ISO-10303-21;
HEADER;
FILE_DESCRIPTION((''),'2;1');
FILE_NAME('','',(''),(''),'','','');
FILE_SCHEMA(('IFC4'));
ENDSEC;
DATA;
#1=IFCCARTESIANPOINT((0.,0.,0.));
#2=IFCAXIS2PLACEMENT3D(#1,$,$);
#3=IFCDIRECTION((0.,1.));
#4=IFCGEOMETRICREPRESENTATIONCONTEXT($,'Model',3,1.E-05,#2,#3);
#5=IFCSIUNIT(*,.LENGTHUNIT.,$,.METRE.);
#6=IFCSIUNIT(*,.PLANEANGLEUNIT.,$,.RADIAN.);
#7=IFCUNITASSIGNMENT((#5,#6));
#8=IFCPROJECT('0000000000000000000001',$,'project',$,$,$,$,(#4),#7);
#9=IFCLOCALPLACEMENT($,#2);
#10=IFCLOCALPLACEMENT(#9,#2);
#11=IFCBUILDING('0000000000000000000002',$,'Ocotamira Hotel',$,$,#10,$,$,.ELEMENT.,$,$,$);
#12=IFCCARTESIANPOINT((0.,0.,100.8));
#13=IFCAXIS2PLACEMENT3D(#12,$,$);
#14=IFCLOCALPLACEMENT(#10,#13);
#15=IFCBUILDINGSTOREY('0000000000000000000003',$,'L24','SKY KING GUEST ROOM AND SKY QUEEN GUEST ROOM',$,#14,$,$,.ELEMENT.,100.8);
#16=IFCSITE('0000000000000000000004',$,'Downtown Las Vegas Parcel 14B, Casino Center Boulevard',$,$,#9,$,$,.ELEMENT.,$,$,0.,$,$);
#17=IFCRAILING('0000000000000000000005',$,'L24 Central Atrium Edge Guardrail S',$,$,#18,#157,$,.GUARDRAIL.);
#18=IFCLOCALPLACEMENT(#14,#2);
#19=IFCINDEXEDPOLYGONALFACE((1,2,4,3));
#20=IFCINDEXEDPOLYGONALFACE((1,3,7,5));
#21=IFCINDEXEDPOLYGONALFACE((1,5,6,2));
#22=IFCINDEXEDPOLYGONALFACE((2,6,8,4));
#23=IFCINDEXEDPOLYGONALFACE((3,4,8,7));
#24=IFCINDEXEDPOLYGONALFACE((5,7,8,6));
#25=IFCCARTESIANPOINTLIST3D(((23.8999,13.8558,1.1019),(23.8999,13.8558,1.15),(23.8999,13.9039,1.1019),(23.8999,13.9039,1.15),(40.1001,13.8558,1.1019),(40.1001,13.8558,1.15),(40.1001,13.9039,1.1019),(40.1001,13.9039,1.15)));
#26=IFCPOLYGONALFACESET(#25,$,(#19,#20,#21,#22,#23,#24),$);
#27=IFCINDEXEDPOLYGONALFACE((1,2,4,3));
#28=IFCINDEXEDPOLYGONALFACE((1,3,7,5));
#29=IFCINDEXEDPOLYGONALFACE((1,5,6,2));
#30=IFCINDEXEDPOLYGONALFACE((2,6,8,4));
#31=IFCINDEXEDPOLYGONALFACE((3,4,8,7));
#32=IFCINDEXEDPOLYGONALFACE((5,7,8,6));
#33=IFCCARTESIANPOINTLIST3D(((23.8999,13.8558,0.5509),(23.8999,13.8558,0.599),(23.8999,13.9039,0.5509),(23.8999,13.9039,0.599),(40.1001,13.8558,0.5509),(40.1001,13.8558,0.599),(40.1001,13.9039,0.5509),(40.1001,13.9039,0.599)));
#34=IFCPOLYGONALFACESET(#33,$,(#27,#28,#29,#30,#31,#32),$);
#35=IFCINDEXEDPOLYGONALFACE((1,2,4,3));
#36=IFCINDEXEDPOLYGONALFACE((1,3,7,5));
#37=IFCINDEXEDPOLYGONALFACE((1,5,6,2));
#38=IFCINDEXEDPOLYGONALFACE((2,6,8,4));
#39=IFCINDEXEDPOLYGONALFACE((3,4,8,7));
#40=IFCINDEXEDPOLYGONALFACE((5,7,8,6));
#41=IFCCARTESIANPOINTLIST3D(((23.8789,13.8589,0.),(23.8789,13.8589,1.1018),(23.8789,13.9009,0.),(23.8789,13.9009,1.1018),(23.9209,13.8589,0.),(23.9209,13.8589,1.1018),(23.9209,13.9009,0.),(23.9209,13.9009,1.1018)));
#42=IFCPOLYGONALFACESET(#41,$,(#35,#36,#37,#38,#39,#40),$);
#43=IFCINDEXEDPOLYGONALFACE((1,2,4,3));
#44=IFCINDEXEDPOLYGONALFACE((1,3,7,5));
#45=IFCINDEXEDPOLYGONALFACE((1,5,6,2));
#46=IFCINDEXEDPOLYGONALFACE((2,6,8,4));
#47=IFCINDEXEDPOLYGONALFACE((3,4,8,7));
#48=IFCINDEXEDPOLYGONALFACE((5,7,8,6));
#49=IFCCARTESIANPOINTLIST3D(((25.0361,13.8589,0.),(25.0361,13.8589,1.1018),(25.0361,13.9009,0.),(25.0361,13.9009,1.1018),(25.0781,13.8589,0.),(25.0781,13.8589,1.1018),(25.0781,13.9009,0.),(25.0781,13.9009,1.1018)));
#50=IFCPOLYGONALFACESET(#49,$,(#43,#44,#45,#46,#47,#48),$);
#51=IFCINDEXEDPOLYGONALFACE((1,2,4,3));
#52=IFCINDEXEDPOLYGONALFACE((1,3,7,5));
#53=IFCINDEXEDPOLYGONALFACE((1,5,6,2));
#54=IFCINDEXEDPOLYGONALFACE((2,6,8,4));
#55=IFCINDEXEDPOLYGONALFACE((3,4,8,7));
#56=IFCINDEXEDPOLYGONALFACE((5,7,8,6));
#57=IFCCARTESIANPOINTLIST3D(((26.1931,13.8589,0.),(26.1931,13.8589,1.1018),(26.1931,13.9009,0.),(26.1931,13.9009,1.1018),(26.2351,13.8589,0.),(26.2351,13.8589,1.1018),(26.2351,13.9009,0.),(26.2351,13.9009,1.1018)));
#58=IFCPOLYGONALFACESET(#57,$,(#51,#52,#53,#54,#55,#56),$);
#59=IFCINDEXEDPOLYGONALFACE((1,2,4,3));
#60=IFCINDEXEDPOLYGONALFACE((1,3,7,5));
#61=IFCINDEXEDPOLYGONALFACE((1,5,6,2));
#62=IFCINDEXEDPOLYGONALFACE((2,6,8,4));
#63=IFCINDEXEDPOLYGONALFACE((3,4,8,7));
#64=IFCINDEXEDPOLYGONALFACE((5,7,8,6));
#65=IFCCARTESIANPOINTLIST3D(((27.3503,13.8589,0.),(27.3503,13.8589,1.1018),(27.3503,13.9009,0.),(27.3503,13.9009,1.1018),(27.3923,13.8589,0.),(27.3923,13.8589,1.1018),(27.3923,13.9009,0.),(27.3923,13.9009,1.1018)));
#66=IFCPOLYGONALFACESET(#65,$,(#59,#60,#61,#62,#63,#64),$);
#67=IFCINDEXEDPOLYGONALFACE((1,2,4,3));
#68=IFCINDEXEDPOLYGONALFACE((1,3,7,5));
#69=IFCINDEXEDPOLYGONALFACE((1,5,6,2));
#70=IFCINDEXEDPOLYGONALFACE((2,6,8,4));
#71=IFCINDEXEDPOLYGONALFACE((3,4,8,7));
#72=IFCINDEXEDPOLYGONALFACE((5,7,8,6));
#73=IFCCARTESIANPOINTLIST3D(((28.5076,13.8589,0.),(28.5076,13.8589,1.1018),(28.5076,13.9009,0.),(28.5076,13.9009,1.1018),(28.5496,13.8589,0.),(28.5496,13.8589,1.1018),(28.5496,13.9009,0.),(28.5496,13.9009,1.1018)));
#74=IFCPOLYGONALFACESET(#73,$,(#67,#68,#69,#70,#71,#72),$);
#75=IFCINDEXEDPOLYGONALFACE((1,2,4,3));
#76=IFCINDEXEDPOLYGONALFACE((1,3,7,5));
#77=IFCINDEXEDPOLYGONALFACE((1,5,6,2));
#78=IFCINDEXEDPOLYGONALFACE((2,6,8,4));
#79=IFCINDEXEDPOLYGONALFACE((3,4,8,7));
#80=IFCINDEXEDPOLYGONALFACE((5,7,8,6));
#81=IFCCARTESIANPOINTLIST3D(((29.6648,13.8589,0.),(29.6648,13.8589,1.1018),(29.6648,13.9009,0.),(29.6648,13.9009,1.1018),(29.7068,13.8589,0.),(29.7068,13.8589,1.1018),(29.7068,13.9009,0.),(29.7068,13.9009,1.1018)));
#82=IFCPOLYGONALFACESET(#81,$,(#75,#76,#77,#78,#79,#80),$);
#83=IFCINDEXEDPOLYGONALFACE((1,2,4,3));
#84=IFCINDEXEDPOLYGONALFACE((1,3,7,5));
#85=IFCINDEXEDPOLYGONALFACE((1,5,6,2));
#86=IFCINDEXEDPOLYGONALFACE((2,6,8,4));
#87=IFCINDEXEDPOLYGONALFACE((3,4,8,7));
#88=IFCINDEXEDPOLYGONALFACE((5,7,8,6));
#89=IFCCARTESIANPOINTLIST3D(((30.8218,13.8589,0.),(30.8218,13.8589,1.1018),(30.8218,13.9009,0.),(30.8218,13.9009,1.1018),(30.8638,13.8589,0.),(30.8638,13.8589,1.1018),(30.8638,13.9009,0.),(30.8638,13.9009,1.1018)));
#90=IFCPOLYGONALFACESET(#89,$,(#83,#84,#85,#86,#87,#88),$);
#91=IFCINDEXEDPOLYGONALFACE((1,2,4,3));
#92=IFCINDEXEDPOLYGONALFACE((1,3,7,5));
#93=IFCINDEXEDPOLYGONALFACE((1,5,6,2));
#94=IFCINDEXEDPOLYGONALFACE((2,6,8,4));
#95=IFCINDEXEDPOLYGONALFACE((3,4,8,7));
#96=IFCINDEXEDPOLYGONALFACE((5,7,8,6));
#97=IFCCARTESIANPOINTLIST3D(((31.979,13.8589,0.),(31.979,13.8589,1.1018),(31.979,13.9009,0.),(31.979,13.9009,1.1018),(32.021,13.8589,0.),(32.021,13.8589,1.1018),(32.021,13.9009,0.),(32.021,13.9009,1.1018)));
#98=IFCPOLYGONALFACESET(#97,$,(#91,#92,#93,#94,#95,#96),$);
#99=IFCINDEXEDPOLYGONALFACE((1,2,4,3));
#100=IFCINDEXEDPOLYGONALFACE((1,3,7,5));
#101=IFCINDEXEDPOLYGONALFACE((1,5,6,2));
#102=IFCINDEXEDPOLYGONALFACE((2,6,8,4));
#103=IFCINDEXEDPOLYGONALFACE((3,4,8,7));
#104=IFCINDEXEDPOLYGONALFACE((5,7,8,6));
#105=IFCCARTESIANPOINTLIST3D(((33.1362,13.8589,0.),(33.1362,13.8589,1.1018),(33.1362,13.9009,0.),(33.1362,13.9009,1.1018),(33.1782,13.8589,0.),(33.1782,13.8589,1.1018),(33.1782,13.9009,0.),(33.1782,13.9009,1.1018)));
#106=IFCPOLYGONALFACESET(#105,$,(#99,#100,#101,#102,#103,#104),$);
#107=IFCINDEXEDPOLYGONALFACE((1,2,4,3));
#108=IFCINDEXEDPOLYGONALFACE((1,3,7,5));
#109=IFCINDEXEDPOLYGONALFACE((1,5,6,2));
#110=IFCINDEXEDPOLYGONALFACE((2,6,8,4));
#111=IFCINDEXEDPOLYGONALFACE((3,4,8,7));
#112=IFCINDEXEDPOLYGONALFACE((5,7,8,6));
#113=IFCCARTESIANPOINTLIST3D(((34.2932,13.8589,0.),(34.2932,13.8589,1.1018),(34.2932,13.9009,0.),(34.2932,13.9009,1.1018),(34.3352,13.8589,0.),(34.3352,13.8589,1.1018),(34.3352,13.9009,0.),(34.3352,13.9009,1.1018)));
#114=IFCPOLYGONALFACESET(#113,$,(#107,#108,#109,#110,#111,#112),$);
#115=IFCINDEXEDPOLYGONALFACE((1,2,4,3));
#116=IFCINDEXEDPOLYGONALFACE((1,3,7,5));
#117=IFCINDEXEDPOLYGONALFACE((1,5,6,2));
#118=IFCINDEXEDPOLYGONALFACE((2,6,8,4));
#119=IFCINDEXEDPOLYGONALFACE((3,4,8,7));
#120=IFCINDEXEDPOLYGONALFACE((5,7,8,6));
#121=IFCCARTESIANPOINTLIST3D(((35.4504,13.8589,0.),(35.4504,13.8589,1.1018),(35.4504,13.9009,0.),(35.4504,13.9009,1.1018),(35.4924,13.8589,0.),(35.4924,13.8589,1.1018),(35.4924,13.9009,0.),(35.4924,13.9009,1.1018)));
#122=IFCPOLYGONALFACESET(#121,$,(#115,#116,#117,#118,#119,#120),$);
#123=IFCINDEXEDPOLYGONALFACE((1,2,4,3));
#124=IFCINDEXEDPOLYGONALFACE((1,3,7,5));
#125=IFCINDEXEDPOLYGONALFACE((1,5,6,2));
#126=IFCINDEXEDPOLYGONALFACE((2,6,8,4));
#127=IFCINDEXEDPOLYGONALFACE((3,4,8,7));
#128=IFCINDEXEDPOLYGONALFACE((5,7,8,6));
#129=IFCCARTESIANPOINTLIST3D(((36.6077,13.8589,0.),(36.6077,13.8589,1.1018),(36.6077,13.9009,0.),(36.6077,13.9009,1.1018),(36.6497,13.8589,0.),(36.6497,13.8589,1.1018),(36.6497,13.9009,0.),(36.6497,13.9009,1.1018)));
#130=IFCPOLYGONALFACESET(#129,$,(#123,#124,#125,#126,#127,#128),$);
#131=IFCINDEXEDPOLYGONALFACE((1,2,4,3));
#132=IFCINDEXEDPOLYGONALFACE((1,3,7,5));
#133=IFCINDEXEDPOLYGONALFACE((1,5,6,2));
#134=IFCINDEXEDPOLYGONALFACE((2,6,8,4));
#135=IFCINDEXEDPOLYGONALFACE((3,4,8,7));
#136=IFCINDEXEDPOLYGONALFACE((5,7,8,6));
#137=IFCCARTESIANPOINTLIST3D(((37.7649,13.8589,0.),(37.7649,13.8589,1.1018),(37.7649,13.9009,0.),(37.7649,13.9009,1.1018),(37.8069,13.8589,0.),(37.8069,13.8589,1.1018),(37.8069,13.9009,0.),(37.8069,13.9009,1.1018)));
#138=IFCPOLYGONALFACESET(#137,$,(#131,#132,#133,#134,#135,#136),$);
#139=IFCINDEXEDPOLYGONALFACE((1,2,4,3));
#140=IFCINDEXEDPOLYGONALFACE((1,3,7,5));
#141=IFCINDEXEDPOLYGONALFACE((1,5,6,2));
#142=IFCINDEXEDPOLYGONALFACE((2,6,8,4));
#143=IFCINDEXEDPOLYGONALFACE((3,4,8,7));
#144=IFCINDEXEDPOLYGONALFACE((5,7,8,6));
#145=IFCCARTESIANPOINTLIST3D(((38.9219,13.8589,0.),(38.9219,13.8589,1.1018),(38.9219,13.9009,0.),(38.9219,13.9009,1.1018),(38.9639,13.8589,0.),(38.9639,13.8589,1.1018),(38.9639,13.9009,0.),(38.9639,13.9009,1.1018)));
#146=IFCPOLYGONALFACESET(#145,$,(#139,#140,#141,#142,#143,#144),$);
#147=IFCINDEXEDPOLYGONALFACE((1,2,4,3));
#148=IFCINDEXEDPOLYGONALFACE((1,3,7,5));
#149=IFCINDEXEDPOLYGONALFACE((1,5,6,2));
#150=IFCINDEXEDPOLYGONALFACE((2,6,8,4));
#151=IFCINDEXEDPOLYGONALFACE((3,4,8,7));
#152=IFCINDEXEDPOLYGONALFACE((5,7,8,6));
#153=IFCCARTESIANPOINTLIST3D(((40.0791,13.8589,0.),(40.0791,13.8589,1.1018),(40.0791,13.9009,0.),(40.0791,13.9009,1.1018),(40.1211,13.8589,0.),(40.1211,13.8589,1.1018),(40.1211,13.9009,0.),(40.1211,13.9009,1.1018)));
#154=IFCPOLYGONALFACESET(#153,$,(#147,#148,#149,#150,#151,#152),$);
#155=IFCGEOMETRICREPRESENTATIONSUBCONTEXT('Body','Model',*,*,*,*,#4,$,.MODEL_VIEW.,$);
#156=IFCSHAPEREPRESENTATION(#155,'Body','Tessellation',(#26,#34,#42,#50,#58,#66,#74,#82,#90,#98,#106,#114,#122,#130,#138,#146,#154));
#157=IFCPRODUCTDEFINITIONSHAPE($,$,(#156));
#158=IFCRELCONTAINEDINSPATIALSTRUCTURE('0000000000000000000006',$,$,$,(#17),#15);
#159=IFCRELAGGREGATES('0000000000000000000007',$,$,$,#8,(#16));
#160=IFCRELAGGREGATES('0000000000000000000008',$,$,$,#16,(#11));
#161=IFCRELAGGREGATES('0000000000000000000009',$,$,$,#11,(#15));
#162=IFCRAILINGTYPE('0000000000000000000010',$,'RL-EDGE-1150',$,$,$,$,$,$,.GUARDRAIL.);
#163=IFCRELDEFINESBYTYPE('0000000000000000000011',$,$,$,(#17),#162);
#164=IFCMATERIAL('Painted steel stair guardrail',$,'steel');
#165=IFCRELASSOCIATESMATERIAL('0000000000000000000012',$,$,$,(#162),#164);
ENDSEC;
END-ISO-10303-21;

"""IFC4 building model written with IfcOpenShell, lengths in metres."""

from ifc_helpers import new_model, si_unit, direction, frame, origin, origin_2d, place, context, subcontext, project, spatial, rectangle, extrude, material, type_object, element, save


model = new_model("IFC4")

# Units and contexts
model_context = context("Model", 3, precision=1e-05, world=origin(), true_north=direction((0.0, 1.0)))
body_context = subcontext(model_context, "Body", "Model", "MODEL_VIEW")
ifc_project = project(units=[si_unit("LENGTHUNIT", "METRE"), si_unit("PLANEANGLEUNIT", "RADIAN")], contexts=[model_context])

# Site, building, storey
site_placement = place(None, origin())
site = spatial("IfcSite", under=ifc_project, at=site_placement, Name="Downtown Las Vegas Parcel 14B, Casino Center Boulevard", CompositionType="ELEMENT", RefElevation=0.0)
building_placement = place(site_placement, origin())
building = spatial("IfcBuilding", under=site, at=building_placement, Name="Ocotamira Hotel", CompositionType="ELEMENT")
storey_placement = place(building_placement, frame((0.0, 0.0, 100.8)))
storey = spatial("IfcBuildingStorey", under=building, at=storey_placement, Name="L24", Description="SKY KING GUEST ROOM AND SKY QUEEN GUEST ROOM", CompositionType="ELEMENT", Elevation=100.8)

# Railing
ifc_material_1 = material(Name="Painted steel stair guardrail", Category="steel")
railing_type = type_object("IfcRailingType", Name="RL-EDGE-1150", PredefinedType="GUARDRAIL", material=ifc_material_1)
railing_placement = place(storey_placement, frame((23.8999, 13.8799, 0.0)))
element("IfcRailing", 1, at=railing_placement, inside=storey, type_object=railing_type, Name="L24 Central Atrium Edge Guardrail S", PredefinedType="GUARDRAIL", context=body_context, shape_type="SweptSolid", body=[
    extrude(rectangle(XDim=0.0481, YDim=0.0481, at=origin_2d()), frame((0.0, 0.0, 1.126), z_axis=(1.0, 0.0, 0.0), x_axis=(0.0, 1.0, 0.0)), (0.0, 0.0, 1.0), 16.2002),
    extrude(rectangle(XDim=0.0481, YDim=0.0481, at=origin_2d()), frame((0.0, 0.0, 0.575), z_axis=(1.0, 0.0, 0.0), x_axis=(0.0, 1.0, 0.0)), (0.0, 0.0, 1.0), 16.2002),
    extrude(rectangle(XDim=0.042, YDim=0.042, at=origin_2d()), origin(), (0.0, 0.0, 1.0), 1.1018),
    extrude(rectangle(XDim=0.042, YDim=0.042, at=origin_2d()), frame((1.1572, 0.0, 0.0)), (0.0, 0.0, 1.0), 1.1018),
    extrude(rectangle(XDim=0.042, YDim=0.042, at=origin_2d()), frame((2.3142, 0.0, 0.0)), (0.0, 0.0, 1.0), 1.1018),
    extrude(rectangle(XDim=0.042, YDim=0.042, at=origin_2d()), frame((3.4714, 0.0, 0.0)), (0.0, 0.0, 1.0), 1.1018),
    extrude(rectangle(XDim=0.042, YDim=0.042, at=origin_2d()), frame((4.6287, 0.0, 0.0)), (0.0, 0.0, 1.0), 1.1018),
    extrude(rectangle(XDim=0.042, YDim=0.042, at=origin_2d()), frame((5.7859, 0.0, 0.0)), (0.0, 0.0, 1.0), 1.1018),
    extrude(rectangle(XDim=0.042, YDim=0.042, at=origin_2d()), frame((6.9429, 0.0, 0.0)), (0.0, 0.0, 1.0), 1.1018),
    extrude(rectangle(XDim=0.042, YDim=0.042, at=origin_2d()), frame((8.1001, 0.0, 0.0)), (0.0, 0.0, 1.0), 1.1018),
    extrude(rectangle(XDim=0.042, YDim=0.042, at=origin_2d()), frame((9.2573, 0.0, 0.0)), (0.0, 0.0, 1.0), 1.1018),
    extrude(rectangle(XDim=0.042, YDim=0.042, at=origin_2d()), frame((10.4143, 0.0, 0.0)), (0.0, 0.0, 1.0), 1.1018),
    extrude(rectangle(XDim=0.042, YDim=0.042, at=origin_2d()), frame((11.5715, 0.0, 0.0)), (0.0, 0.0, 1.0), 1.1018),
    extrude(rectangle(XDim=0.042, YDim=0.042, at=origin_2d()), frame((12.7288, 0.0, 0.0)), (0.0, 0.0, 1.0), 1.1018),
    extrude(rectangle(XDim=0.042, YDim=0.042, at=origin_2d()), frame((13.886, 0.0, 0.0)), (0.0, 0.0, 1.0), 1.1018),
    extrude(rectangle(XDim=0.042, YDim=0.042, at=origin_2d()), frame((15.043, 0.0, 0.0)), (0.0, 0.0, 1.0), 1.1018),
    extrude(rectangle(XDim=0.042, YDim=0.042, at=origin_2d()), frame((16.2002, 0.0, 0.0)), (0.0, 0.0, 1.0), 1.1018),
])

save(model, "model.ifc")
